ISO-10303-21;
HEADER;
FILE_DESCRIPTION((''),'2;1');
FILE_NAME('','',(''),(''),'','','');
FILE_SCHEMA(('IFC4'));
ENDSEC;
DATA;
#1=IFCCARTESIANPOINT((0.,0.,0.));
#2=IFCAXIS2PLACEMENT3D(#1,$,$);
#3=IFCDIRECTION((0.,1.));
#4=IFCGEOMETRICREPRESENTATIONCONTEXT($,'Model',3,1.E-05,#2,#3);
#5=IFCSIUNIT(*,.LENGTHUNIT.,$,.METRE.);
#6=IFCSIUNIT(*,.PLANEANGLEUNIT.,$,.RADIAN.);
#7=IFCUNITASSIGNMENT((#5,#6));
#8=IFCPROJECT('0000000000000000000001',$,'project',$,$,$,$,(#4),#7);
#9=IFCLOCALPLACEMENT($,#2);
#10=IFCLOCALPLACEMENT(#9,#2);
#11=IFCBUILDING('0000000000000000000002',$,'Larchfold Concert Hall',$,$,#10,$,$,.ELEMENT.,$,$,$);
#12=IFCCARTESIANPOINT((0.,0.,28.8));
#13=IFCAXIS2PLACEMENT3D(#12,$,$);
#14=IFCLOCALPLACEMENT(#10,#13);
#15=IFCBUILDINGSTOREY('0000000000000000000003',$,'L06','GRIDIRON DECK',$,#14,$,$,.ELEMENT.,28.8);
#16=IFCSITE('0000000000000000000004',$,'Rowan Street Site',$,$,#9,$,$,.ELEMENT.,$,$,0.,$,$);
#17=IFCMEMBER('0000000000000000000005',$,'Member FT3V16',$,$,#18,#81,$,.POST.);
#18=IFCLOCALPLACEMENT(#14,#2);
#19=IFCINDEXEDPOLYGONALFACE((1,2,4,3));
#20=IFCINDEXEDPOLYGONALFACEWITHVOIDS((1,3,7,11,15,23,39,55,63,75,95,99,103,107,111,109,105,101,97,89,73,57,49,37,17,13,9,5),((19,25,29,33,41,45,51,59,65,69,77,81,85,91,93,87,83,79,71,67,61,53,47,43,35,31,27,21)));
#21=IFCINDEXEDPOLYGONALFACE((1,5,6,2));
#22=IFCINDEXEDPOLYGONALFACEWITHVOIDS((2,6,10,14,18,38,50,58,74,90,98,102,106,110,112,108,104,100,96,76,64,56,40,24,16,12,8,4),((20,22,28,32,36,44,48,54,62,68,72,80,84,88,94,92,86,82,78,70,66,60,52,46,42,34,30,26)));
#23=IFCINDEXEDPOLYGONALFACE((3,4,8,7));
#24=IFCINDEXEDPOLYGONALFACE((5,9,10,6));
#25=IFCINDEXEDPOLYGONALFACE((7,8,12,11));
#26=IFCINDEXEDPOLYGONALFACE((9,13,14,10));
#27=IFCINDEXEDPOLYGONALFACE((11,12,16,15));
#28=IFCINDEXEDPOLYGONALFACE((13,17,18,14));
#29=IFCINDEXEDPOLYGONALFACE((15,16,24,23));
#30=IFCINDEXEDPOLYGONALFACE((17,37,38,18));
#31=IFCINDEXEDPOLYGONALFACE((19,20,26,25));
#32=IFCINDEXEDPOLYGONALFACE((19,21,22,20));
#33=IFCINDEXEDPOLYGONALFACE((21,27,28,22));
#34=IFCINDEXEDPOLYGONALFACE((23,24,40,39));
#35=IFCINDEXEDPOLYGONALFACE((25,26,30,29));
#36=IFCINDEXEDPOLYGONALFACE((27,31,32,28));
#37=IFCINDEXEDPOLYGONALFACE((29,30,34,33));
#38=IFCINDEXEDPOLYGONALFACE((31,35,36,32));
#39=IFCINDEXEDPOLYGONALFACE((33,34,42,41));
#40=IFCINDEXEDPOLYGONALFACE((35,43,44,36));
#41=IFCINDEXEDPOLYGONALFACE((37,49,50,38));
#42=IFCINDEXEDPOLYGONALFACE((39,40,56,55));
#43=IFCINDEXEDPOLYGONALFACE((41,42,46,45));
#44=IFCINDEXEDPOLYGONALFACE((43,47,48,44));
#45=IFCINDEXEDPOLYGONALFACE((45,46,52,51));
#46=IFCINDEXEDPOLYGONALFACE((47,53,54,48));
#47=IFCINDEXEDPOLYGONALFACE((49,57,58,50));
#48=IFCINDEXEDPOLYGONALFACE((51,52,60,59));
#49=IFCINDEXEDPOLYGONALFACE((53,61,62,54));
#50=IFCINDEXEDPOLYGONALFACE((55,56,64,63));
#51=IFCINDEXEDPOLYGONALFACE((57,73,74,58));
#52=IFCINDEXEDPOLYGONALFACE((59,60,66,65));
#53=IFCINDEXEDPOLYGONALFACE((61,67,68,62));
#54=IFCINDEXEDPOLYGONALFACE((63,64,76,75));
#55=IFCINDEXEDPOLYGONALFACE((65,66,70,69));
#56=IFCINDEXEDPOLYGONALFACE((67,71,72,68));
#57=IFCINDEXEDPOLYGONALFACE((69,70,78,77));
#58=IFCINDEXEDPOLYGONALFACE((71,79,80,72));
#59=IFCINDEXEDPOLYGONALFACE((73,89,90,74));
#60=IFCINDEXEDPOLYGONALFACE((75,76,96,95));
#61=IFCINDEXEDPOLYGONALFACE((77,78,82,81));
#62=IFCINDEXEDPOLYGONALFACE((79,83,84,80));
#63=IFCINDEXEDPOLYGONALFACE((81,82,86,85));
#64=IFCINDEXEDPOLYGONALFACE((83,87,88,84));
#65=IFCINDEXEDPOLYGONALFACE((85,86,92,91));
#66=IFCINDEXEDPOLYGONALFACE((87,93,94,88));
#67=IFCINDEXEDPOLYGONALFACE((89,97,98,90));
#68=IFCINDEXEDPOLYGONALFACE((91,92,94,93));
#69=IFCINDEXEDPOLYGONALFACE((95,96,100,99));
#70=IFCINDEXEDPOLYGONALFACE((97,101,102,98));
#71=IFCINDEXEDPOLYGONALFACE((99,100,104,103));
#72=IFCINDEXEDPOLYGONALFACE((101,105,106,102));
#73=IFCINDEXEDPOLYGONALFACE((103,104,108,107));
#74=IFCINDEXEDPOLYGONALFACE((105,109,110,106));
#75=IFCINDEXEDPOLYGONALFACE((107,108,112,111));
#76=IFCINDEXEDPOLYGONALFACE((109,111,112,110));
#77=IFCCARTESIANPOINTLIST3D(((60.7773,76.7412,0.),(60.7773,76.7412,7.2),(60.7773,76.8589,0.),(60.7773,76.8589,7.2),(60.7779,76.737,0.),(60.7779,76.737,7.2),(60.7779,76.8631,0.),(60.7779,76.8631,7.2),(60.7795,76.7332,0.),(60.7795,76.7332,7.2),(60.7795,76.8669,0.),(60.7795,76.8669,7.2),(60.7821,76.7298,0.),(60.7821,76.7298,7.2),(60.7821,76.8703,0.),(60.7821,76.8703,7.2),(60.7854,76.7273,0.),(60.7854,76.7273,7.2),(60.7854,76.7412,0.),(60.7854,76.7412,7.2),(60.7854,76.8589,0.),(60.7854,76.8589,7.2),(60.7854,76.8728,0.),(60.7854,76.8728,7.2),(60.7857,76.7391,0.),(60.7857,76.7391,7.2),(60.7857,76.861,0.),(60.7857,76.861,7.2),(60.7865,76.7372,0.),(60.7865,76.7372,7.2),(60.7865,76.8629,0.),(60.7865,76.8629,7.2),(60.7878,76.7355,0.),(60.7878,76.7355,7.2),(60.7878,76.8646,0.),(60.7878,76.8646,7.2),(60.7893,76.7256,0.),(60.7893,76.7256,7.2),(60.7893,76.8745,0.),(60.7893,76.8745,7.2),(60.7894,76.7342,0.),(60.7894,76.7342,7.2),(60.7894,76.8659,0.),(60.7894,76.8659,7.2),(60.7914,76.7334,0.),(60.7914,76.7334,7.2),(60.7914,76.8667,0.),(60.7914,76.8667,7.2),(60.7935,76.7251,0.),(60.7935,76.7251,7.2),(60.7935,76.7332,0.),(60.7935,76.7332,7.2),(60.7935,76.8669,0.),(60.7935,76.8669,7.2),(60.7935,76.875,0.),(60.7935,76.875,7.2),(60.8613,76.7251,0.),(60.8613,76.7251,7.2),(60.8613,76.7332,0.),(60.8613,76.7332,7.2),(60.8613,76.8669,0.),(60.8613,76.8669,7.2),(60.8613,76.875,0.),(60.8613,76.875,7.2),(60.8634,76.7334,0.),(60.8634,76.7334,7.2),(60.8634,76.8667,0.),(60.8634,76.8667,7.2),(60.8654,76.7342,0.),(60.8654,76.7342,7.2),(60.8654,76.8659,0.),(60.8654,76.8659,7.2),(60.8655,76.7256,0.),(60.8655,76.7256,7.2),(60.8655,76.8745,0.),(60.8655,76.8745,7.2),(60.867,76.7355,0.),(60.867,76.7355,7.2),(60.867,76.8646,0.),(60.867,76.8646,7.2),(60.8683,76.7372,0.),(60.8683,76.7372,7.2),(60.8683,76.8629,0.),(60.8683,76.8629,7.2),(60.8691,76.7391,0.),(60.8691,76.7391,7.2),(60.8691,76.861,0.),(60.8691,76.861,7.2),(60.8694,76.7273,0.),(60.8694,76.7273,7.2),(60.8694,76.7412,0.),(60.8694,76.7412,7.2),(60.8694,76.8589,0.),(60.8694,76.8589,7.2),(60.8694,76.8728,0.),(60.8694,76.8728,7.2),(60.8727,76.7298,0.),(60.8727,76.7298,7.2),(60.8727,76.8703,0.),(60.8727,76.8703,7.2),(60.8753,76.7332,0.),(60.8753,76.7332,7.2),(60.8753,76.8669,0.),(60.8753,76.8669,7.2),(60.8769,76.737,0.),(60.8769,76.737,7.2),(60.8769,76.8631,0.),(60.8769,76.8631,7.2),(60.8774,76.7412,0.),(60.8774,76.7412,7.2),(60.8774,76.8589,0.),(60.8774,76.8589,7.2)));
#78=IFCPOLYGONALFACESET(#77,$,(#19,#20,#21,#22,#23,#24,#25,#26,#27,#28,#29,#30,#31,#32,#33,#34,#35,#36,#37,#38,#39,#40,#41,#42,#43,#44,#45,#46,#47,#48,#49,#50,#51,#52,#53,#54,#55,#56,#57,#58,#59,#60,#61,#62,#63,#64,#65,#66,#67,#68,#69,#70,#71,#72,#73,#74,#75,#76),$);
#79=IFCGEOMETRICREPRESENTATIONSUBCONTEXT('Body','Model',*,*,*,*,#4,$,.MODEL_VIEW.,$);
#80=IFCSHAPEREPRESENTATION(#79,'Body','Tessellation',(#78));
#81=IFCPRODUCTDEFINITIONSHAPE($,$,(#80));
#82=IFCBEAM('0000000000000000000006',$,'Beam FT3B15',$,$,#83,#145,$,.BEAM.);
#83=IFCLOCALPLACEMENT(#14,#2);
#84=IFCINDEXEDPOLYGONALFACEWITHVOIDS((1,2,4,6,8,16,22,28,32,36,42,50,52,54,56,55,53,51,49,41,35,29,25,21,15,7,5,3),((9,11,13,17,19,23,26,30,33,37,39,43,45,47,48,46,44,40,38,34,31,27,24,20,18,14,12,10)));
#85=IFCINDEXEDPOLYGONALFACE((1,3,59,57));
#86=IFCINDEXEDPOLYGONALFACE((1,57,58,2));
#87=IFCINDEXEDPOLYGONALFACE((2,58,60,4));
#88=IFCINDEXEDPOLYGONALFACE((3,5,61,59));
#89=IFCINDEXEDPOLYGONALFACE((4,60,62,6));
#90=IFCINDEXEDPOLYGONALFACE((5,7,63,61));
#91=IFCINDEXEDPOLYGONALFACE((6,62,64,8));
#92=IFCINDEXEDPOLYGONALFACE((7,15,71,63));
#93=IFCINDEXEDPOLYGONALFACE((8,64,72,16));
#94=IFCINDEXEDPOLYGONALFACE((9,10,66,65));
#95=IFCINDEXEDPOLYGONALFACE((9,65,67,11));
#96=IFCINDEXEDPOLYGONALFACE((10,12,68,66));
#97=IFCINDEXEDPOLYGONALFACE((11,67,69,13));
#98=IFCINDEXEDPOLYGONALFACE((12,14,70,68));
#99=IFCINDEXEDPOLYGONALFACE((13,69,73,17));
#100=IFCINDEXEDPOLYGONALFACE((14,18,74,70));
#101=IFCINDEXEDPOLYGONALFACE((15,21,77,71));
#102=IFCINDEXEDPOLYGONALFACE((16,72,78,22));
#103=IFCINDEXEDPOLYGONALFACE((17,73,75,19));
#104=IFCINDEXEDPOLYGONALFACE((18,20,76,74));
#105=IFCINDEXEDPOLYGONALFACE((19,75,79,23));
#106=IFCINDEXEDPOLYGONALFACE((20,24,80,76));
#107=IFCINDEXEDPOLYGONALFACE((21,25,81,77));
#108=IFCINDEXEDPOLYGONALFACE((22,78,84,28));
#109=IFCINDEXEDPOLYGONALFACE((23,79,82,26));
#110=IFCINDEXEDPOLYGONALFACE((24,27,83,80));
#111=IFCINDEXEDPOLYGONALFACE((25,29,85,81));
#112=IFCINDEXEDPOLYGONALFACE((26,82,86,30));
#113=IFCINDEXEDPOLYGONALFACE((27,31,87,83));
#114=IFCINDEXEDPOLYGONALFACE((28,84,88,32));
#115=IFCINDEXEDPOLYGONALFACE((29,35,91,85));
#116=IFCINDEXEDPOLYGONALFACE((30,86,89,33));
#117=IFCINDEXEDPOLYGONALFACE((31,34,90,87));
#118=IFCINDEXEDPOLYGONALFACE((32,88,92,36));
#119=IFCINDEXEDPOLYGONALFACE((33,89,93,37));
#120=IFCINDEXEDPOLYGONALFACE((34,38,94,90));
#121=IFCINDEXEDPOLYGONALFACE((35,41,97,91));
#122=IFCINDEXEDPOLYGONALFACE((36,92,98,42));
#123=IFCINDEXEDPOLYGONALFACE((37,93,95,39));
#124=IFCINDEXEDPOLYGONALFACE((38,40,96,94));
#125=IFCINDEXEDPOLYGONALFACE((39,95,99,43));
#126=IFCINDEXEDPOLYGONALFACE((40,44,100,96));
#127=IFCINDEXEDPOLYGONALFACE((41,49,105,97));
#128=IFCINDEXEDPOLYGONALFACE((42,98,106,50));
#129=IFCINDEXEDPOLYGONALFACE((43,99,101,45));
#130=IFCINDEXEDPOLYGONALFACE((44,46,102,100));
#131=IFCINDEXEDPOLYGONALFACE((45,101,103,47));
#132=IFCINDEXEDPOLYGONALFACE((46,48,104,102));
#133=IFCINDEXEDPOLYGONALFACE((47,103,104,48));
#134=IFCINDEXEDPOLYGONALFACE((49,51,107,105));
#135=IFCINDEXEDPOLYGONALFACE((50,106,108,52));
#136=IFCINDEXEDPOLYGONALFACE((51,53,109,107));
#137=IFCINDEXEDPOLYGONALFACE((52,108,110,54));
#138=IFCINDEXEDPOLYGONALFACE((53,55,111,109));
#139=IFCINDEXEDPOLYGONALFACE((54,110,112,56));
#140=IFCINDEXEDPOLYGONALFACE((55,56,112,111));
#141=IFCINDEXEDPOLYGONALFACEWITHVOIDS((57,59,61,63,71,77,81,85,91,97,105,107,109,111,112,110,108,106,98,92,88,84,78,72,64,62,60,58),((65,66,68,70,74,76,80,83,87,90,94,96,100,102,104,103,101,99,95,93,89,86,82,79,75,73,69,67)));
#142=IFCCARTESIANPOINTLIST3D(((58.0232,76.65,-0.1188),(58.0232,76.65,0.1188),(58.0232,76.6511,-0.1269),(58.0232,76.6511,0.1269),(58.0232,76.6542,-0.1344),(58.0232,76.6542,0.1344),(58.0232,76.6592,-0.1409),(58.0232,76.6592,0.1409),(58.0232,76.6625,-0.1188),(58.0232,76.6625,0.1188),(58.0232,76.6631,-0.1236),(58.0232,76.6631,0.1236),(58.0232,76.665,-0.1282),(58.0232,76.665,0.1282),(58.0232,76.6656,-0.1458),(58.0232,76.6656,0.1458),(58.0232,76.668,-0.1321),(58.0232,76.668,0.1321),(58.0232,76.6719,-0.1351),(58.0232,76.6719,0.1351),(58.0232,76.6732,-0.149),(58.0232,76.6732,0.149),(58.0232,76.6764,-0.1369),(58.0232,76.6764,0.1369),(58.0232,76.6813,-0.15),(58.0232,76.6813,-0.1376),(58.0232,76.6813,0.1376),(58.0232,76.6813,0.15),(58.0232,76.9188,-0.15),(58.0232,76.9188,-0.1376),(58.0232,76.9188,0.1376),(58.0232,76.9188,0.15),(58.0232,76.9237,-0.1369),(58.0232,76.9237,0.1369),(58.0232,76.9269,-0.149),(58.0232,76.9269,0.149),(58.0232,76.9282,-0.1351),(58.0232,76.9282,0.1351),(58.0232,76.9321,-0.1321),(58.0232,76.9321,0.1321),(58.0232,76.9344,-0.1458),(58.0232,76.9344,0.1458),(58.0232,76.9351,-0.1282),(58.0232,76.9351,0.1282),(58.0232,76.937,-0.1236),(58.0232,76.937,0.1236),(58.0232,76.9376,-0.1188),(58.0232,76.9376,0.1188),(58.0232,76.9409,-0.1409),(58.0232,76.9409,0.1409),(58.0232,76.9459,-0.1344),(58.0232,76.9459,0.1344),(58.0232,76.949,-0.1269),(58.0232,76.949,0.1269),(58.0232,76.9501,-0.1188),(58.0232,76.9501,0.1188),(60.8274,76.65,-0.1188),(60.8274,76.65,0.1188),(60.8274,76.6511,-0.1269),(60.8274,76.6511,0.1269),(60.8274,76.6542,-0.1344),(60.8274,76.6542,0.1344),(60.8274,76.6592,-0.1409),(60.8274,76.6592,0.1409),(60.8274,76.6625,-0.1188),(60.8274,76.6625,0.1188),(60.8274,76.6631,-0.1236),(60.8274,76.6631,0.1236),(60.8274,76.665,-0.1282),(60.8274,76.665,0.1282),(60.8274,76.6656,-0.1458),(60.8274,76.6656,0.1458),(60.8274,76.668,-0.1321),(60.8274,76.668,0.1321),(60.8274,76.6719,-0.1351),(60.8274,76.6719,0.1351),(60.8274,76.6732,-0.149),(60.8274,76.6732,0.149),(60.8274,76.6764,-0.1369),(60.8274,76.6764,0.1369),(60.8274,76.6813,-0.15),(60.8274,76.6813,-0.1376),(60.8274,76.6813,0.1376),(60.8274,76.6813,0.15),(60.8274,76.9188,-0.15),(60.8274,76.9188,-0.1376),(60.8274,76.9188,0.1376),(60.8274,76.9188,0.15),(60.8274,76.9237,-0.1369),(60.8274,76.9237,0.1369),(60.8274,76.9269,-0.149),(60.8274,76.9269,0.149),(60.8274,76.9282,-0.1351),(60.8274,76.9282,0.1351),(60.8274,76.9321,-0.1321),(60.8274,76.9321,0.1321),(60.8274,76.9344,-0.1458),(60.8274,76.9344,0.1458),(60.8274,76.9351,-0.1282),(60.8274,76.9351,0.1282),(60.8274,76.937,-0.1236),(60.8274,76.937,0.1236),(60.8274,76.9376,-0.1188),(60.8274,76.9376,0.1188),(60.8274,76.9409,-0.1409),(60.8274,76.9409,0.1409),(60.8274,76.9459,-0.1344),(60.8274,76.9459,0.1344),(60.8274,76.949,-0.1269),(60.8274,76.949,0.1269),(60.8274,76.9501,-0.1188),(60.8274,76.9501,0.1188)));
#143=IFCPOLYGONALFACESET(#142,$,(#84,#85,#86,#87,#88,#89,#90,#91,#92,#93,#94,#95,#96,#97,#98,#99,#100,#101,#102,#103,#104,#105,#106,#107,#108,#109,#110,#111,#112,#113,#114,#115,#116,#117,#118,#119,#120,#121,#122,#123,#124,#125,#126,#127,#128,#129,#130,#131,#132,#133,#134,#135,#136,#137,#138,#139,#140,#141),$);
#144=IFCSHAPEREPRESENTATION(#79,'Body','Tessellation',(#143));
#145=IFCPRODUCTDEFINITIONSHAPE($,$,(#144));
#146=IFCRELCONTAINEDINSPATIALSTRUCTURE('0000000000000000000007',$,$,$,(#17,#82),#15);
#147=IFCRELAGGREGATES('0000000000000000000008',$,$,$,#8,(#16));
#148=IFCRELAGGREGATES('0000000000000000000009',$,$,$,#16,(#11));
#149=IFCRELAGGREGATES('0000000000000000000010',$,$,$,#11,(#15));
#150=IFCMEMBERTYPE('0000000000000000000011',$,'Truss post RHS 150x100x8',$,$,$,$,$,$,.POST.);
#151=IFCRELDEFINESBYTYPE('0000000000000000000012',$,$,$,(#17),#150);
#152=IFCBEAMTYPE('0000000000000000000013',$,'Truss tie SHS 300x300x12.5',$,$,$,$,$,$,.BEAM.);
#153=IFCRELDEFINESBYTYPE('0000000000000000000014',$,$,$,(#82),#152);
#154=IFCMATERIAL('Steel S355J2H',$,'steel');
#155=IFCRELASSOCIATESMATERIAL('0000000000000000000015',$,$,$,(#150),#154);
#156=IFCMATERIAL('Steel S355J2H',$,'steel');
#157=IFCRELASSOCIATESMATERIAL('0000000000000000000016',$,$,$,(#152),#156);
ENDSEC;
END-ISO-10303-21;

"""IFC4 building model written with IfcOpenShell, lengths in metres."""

from ifc_helpers import new_model, si_unit, direction, frame, origin, origin_2d, place, context, subcontext, project, spatial, hollow_rectangle, extrude, material, material_profile, profile_set, type_object, element, save


model = new_model("IFC4")

# Units and contexts
model_context = context("Model", 3, precision=1e-05, world=origin(), true_north=direction((0.0, 1.0)))
body_context = subcontext(model_context, "Body", "Model", "MODEL_VIEW")
ifc_project = project(units=[si_unit("LENGTHUNIT", "METRE"), si_unit("PLANEANGLEUNIT", "RADIAN")], contexts=[model_context])

# Site, building, storey
site_placement = place(None, origin())
site = spatial("IfcSite", under=ifc_project, at=site_placement, Name="Rowan Street Site", CompositionType="ELEMENT", RefElevation=0.0)
building_placement = place(site_placement, origin())
building = spatial("IfcBuilding", under=site, at=building_placement, Name="Larchfold Concert Hall", CompositionType="ELEMENT")
storey_placement = place(building_placement, frame((0.0, 0.0, 28.8)))
storey = spatial("IfcBuildingStorey", under=building, at=storey_placement, Name="L06", Description="GRIDIRON DECK", CompositionType="ELEMENT", Elevation=28.8)

# Member
ifc_material_1 = material(Name="Steel S355J2H", Category="steel")
ifc_material_profile_1 = material_profile(ifc_material_1, hollow_rectangle(XDim=0.1001, YDim=0.1499, WallThickness=0.0081, InnerFilletRadius=0.0081, OuterFilletRadius=0.0161, at=origin_2d()))
ifc_profile_set_1 = profile_set([ifc_material_profile_1], Name="Steel S355J2H")
member_type_1 = type_object("IfcMemberType", Name="Truss post RHS 150x100x8", PredefinedType="POST", material=ifc_profile_set_1)
for number, where, z_axis, x_axis, name in (
    (1, (60.8274, 76.8, 7.2), (0.0, 0.0, -1.0), (1.0, 0.0, 0.0), "Member FT3V16"),
):
    element("IfcMember", number, at=place(storey_placement, frame(where, z_axis=z_axis, x_axis=x_axis)), inside=storey, type_object=member_type_1, Name=name, PredefinedType="POST", context=body_context, shape_type="SweptSolid", body=[
        extrude(hollow_rectangle(XDim=0.1001, YDim=0.1499, WallThickness=0.0081, InnerFilletRadius=0.0081, OuterFilletRadius=0.0161, at=origin_2d()), origin(), (0.0, 0.0, 1.0), 7.2),
    ])

# Beam
ifc_material_2 = material(Name="Steel S355J2H", Category="steel")
ifc_material_profile_2 = material_profile(ifc_material_2, hollow_rectangle(XDim=0.3, YDim=0.3, WallThickness=0.0125, InnerFilletRadius=0.0188, OuterFilletRadius=0.0312, at=origin_2d()))
ifc_profile_set_2 = profile_set([ifc_material_profile_2], Name="Steel S355J2H")
beam_type_1 = type_object("IfcBeamType", Name="Truss tie SHS 300x300x12.5", PredefinedType="BEAM", material=ifc_profile_set_2)
for number, where, z_axis, x_axis, name in (
    (2, (58.0232, 76.8, 0.0), (1.0, 0.0, 0.0), (0.0, 1.0, 0.0), "Beam FT3B15"),
):
    element("IfcBeam", number, at=place(storey_placement, frame(where, z_axis=z_axis, x_axis=x_axis)), inside=storey, type_object=beam_type_1, Name=name, PredefinedType="BEAM", context=body_context, shape_type="SweptSolid", body=[
        extrude(hollow_rectangle(XDim=0.3, YDim=0.3, WallThickness=0.0125, InnerFilletRadius=0.0188, OuterFilletRadius=0.0312, at=origin_2d()), origin(), (0.0, 0.0, 1.0), 2.8042),
    ])

save(model, "model.ifc")
